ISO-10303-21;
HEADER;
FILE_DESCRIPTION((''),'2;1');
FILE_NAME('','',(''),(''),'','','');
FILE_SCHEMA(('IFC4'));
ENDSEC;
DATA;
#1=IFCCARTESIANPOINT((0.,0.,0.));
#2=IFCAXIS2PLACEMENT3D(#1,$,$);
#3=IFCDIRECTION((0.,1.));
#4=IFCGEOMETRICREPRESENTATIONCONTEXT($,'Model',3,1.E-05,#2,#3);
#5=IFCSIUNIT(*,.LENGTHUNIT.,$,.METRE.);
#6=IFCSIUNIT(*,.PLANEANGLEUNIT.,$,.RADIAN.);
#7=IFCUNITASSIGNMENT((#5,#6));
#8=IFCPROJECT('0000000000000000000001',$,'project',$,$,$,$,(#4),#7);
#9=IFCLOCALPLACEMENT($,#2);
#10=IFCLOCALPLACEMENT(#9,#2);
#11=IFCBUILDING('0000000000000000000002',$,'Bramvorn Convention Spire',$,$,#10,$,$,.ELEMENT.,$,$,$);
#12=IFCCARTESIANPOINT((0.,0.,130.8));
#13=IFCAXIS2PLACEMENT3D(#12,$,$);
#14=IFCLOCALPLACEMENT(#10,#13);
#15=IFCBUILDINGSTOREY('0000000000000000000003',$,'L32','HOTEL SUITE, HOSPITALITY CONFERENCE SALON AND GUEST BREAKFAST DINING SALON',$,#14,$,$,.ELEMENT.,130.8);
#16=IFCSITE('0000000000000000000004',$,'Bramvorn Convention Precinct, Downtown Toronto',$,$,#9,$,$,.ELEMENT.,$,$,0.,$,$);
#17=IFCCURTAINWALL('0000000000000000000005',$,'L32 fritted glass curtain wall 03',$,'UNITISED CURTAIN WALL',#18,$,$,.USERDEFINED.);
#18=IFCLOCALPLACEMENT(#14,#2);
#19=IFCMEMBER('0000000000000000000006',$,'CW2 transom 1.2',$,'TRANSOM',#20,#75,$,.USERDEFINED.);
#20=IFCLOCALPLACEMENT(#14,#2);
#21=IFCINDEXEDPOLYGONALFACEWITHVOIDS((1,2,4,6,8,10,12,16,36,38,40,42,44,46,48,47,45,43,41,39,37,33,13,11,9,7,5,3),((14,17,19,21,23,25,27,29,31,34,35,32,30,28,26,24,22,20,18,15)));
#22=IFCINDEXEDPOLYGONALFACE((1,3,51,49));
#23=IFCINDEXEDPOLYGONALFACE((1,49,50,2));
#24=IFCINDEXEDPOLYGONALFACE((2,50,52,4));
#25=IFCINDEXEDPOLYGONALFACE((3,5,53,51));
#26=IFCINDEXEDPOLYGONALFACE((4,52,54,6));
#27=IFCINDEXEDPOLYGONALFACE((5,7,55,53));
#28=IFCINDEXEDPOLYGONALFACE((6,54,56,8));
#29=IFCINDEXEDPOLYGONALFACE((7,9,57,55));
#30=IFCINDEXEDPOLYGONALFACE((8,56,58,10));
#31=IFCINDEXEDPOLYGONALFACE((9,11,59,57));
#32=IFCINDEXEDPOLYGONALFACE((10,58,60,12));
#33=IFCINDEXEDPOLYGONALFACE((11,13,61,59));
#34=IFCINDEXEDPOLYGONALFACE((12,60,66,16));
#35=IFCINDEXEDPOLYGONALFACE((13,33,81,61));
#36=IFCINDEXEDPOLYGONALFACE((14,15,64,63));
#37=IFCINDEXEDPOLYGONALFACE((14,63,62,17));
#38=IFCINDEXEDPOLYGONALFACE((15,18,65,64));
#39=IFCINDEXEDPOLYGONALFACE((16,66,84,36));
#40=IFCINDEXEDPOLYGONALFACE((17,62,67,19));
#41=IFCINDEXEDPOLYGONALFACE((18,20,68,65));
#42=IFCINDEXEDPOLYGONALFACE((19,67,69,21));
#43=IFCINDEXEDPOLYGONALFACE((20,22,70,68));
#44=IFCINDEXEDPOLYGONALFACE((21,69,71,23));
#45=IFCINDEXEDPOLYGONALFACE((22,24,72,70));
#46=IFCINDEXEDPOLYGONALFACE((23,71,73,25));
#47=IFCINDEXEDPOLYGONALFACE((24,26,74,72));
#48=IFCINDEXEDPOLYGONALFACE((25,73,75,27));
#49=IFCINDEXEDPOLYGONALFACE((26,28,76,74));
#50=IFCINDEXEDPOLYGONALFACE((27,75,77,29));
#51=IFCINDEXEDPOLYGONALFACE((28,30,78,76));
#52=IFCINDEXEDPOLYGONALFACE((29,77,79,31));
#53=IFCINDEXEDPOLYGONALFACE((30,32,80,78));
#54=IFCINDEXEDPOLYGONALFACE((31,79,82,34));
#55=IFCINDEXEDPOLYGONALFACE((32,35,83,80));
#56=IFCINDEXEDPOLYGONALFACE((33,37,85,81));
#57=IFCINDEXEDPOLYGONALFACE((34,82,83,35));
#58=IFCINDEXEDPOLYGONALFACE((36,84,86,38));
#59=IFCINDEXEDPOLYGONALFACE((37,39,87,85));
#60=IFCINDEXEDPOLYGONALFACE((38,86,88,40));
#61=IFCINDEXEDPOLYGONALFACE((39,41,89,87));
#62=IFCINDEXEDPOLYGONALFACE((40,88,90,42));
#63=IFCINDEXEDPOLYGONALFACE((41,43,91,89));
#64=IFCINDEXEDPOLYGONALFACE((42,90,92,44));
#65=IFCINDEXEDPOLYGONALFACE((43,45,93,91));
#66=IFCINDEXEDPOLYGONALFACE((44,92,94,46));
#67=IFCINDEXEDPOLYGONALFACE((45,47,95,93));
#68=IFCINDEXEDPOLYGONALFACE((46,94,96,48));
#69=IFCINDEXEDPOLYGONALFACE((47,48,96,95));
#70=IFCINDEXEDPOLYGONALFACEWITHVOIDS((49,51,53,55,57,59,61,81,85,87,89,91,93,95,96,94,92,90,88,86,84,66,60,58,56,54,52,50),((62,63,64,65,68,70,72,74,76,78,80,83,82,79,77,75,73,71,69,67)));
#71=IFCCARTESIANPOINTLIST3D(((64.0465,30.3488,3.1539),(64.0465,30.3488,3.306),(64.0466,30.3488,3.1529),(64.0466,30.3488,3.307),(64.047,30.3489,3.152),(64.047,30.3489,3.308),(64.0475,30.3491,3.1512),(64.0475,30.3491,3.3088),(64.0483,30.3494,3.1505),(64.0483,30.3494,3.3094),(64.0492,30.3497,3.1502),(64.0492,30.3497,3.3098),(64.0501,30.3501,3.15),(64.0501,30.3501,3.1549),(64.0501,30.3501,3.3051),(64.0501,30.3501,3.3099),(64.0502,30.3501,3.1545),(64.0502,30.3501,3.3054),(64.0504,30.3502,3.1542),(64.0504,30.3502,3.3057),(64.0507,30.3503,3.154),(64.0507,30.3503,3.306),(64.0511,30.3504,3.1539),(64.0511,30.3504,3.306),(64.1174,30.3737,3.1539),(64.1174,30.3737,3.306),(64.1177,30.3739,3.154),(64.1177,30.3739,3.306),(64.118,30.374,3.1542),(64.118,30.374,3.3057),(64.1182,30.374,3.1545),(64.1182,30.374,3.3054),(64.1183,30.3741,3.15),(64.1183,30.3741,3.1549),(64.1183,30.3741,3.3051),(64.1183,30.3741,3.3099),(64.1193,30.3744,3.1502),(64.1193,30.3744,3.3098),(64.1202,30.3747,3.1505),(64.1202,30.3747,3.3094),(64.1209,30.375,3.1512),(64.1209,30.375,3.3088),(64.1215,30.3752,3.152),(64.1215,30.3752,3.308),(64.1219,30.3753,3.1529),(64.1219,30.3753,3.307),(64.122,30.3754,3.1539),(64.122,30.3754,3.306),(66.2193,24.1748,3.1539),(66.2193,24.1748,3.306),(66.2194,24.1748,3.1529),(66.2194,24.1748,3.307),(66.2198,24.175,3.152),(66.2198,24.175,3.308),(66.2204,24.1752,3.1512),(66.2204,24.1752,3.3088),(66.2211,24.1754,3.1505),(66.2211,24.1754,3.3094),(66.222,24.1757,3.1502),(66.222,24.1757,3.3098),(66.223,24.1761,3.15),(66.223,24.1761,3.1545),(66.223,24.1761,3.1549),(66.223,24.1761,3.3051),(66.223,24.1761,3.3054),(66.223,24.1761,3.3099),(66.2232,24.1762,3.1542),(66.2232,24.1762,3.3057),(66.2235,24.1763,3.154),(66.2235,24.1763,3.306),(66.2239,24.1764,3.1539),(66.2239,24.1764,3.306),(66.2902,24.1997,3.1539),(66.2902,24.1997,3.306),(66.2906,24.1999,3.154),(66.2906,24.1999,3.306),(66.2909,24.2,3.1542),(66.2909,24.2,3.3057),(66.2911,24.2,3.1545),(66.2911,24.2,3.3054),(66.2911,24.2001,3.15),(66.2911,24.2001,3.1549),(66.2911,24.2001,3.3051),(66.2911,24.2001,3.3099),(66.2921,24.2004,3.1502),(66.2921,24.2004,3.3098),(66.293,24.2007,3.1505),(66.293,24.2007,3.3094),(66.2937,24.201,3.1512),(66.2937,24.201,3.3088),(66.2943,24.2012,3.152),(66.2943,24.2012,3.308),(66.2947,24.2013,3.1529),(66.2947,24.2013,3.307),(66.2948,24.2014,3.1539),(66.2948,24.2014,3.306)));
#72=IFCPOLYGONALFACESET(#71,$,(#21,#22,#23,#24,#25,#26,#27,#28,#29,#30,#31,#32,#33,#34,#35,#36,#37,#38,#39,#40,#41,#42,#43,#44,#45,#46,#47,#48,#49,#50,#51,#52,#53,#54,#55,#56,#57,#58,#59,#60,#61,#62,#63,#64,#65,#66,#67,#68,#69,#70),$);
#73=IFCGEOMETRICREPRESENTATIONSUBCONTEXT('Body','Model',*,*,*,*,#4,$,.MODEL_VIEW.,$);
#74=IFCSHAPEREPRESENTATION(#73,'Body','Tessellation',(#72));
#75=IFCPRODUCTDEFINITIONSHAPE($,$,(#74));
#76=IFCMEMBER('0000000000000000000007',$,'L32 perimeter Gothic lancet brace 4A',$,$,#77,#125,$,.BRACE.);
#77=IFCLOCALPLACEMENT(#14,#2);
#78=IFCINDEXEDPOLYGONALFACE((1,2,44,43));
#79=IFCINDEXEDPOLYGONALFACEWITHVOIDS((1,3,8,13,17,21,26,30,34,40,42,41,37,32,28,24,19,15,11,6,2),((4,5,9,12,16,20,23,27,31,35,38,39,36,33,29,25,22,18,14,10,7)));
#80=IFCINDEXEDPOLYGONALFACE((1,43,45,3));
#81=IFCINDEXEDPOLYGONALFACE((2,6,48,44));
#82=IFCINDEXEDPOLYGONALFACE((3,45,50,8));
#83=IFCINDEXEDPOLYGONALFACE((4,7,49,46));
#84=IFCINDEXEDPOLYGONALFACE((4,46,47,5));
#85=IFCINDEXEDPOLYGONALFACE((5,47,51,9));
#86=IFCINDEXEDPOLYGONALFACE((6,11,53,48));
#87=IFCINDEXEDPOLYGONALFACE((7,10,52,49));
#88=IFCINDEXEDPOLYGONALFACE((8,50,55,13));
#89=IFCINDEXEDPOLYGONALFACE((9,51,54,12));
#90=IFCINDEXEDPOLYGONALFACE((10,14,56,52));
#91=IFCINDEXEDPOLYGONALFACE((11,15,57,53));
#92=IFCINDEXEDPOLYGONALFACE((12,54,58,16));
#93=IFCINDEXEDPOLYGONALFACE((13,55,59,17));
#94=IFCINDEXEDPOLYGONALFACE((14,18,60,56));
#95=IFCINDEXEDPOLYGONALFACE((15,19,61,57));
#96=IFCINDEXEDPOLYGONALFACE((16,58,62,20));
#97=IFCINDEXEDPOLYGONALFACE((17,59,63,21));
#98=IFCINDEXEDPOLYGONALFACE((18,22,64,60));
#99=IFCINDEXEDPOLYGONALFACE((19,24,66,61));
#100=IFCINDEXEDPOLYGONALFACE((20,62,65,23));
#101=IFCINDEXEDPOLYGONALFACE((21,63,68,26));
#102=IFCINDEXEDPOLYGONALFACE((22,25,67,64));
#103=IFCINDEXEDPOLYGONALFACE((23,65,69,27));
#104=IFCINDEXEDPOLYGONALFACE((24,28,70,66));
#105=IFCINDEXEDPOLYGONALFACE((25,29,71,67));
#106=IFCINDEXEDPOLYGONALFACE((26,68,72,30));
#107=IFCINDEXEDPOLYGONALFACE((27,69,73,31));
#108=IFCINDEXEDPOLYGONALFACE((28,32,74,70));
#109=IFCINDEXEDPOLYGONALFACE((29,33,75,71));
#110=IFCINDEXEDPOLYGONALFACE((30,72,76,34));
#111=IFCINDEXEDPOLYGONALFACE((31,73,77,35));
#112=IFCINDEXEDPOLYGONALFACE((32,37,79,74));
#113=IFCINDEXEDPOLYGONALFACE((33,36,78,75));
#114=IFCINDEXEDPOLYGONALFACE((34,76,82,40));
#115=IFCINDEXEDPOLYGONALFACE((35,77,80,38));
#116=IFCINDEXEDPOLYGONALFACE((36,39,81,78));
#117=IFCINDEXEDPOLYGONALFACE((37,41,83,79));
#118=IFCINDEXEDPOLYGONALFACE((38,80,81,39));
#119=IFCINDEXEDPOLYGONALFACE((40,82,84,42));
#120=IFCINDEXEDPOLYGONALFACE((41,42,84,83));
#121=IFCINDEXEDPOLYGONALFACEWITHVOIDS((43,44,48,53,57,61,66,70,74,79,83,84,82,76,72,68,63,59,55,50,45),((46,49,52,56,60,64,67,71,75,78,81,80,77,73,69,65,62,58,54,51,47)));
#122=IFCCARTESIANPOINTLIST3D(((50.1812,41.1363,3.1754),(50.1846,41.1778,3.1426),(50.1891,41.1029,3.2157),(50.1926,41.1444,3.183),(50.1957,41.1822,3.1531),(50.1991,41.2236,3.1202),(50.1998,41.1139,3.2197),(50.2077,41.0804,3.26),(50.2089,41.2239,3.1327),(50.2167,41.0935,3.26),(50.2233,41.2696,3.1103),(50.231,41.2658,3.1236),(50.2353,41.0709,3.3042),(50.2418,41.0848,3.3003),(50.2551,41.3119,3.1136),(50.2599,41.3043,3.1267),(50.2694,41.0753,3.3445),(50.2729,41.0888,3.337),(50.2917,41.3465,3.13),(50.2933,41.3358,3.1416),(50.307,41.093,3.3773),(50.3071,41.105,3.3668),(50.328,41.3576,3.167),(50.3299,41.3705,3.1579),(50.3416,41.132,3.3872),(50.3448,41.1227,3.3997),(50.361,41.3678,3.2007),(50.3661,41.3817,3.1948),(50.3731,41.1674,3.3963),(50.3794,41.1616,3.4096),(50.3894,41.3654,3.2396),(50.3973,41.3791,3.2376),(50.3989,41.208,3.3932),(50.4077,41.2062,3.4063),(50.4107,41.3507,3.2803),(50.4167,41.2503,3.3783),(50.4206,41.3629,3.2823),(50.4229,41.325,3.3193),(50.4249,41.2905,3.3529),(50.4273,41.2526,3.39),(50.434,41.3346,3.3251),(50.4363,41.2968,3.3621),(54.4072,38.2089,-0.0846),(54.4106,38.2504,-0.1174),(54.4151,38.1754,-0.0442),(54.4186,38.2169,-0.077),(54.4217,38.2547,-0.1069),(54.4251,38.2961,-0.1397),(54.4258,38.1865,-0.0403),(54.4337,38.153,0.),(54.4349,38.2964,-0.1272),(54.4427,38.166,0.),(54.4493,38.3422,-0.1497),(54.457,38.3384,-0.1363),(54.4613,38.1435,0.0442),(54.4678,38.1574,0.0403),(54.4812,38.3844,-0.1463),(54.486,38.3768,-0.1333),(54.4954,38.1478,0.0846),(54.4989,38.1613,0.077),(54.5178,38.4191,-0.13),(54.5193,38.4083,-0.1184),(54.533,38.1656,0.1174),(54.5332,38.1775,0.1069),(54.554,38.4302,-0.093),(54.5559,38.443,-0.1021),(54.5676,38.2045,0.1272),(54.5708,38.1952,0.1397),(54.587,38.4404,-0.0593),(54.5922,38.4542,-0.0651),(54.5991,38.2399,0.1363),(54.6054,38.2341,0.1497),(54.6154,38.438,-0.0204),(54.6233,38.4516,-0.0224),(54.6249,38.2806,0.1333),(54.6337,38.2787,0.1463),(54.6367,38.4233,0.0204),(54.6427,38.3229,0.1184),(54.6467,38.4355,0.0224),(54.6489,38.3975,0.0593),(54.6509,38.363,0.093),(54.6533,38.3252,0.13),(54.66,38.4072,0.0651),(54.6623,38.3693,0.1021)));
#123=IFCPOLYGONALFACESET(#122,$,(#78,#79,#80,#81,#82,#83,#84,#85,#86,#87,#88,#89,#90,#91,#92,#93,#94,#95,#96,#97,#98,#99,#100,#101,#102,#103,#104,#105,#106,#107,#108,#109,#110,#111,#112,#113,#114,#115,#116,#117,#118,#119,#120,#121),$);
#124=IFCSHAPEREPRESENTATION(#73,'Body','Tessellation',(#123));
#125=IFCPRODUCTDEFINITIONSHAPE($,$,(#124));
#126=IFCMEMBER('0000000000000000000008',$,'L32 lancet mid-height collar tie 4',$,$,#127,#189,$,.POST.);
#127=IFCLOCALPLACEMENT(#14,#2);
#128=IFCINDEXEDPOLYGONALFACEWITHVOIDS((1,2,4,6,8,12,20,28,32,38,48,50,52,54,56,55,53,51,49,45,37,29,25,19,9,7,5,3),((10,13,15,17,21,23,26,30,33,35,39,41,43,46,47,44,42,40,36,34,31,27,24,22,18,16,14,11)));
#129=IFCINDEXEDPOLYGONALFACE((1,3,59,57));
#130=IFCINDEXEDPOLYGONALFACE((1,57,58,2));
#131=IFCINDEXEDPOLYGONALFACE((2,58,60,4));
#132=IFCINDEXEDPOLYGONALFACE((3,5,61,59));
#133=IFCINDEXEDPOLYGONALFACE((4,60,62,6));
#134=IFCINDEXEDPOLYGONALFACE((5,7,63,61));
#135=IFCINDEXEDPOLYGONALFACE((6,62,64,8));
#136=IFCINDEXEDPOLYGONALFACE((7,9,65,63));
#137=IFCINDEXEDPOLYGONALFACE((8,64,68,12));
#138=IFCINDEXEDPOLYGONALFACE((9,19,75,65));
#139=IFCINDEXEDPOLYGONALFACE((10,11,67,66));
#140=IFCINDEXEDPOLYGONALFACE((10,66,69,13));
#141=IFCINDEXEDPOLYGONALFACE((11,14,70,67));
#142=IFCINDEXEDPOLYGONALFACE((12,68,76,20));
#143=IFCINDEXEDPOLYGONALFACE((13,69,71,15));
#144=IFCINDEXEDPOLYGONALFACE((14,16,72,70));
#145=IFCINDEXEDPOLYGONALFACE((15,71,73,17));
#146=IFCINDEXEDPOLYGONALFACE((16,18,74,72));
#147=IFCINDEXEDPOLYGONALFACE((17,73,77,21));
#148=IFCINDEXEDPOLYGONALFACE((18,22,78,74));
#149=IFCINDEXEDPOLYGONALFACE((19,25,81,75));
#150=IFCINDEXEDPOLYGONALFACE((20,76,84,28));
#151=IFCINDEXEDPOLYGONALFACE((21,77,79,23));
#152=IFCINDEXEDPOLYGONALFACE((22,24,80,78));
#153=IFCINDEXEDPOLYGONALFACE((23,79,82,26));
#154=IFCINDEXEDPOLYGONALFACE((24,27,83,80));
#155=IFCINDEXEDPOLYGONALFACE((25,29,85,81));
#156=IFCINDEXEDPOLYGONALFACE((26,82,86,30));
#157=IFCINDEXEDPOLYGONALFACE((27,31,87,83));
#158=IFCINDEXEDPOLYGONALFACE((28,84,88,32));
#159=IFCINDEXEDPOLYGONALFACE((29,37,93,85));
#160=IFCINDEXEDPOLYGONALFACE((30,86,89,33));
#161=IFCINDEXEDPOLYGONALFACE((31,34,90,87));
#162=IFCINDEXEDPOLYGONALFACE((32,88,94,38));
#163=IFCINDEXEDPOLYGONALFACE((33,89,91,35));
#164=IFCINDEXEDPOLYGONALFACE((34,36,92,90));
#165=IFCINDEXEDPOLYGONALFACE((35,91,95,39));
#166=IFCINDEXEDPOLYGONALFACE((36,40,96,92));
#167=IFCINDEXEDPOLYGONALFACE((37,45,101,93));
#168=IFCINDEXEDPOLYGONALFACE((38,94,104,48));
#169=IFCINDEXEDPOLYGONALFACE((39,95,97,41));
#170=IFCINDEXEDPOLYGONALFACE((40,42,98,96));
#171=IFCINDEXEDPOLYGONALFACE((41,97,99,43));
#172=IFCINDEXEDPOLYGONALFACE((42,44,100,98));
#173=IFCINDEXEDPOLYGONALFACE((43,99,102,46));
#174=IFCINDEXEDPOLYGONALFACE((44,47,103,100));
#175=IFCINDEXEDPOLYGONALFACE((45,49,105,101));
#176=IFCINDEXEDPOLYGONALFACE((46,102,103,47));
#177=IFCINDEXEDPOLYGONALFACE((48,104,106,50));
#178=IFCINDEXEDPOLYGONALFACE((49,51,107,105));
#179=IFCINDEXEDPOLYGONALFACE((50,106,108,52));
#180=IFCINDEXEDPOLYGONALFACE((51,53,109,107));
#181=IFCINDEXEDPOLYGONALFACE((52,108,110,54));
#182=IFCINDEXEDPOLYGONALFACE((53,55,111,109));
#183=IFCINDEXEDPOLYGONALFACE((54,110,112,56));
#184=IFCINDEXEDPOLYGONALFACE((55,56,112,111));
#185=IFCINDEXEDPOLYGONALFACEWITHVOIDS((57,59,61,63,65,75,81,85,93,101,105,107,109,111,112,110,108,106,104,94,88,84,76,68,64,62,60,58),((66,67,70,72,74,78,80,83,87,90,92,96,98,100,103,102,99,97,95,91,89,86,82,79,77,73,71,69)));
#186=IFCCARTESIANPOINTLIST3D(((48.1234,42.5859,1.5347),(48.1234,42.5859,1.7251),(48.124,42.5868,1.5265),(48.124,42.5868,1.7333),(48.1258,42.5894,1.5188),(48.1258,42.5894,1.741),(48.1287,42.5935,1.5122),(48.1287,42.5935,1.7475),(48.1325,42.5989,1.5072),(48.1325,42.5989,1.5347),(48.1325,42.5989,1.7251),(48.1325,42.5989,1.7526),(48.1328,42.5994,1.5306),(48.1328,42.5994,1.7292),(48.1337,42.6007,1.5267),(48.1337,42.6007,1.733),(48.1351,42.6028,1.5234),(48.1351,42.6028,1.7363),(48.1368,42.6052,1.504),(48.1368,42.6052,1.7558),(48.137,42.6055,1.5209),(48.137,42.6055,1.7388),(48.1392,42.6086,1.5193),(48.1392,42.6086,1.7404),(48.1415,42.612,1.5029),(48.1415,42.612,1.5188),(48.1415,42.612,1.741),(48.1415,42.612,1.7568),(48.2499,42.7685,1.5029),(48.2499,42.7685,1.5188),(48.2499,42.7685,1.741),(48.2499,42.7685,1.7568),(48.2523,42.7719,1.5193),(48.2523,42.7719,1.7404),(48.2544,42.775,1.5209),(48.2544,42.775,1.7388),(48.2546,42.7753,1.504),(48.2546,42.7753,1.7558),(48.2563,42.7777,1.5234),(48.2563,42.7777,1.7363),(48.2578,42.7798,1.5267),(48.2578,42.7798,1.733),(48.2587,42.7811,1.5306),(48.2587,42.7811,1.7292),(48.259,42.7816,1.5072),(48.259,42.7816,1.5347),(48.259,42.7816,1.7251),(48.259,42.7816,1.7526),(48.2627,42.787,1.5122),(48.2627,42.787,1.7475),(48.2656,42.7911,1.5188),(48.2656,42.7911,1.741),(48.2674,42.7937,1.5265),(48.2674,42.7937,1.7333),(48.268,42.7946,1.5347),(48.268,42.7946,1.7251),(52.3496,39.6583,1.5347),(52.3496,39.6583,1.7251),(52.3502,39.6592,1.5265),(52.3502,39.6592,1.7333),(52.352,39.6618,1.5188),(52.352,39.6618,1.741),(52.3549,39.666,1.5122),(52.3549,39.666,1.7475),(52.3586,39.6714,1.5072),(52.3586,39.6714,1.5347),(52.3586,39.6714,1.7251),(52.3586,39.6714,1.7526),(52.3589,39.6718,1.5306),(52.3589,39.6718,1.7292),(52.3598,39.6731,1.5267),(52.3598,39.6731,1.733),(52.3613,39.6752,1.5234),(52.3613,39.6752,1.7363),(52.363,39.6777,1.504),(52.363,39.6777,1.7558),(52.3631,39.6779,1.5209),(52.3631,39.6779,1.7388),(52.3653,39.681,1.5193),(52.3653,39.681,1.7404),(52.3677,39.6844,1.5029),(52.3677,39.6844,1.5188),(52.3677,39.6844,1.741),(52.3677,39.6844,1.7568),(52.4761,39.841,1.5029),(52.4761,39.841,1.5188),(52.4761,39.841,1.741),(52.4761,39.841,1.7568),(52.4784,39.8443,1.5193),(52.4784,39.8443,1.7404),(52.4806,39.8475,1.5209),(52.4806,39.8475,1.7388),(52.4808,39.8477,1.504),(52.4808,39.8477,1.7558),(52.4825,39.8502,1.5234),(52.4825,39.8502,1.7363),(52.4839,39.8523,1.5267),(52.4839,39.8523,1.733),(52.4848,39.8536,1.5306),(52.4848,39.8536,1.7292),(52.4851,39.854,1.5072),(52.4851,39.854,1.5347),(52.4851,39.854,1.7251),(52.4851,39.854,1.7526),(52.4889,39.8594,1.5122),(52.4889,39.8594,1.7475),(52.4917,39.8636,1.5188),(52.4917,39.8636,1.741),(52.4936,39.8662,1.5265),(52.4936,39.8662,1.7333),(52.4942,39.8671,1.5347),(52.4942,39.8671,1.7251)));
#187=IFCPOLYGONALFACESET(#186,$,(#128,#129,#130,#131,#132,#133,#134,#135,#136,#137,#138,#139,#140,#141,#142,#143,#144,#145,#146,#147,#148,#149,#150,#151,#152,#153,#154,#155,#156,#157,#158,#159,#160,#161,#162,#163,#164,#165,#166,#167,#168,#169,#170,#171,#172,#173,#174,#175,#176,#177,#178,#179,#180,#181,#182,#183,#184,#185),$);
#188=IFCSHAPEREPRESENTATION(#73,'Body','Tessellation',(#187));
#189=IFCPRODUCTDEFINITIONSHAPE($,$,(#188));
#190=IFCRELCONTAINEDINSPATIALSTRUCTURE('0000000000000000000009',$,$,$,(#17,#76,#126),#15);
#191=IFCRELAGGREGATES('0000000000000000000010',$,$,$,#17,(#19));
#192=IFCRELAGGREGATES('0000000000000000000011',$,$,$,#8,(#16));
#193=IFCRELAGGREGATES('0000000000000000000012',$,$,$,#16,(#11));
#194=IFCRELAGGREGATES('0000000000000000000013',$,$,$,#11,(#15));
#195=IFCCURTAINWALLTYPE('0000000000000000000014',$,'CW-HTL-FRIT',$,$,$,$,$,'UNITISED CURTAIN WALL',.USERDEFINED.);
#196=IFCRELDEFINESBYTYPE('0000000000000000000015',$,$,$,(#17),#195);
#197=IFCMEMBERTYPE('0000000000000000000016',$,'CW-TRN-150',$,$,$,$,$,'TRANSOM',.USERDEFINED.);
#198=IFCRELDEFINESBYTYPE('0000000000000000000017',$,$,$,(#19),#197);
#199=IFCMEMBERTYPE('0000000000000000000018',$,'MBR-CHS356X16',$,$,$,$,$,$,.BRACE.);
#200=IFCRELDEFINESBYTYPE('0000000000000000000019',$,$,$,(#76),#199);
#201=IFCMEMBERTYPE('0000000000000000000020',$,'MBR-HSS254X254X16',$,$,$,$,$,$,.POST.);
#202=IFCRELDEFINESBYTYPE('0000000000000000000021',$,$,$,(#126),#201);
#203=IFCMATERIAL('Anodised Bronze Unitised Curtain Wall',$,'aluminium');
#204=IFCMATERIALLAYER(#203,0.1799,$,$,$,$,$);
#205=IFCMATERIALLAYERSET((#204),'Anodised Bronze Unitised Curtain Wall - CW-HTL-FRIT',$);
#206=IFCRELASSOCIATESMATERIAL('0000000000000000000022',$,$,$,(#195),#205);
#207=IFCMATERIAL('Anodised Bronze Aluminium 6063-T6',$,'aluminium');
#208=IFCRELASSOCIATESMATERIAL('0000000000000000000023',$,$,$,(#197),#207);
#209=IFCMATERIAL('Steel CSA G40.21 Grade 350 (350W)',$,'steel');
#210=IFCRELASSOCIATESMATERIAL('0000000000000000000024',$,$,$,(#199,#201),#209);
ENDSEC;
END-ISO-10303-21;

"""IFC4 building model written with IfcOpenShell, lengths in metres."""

from ifc_helpers import new_model, si_unit, direction, frame, origin, origin_2d, place, context, subcontext, project, spatial, hollow_rectangle, hollow_circle, extrude, material, layer, layer_set, material_profile, profile_set, type_object, element, aggregate, save


model = new_model("IFC4")

# Units and contexts
model_context = context("Model", 3, precision=1e-05, world=origin(), true_north=direction((0.0, 1.0)))
body_context = subcontext(model_context, "Body", "Model", "MODEL_VIEW")
ifc_project = project(units=[si_unit("LENGTHUNIT", "METRE"), si_unit("PLANEANGLEUNIT", "RADIAN")], contexts=[model_context])

# Site, building, storey
site_placement = place(None, origin())
site = spatial("IfcSite", under=ifc_project, at=site_placement, Name="Bramvorn Convention Precinct, Downtown Toronto", CompositionType="ELEMENT", RefElevation=0.0)
building_placement = place(site_placement, origin())
building = spatial("IfcBuilding", under=site, at=building_placement, Name="Bramvorn Convention Spire", CompositionType="ELEMENT")
storey_placement = place(building_placement, frame((0.0, 0.0, 130.8)))
storey = spatial("IfcBuildingStorey", under=building, at=storey_placement, Name="L32", Description="HOTEL SUITE, HOSPITALITY CONFERENCE SALON AND GUEST BREAKFAST DINING SALON", CompositionType="ELEMENT", Elevation=130.8)

# Shared definitions
ifc_material_1 = material(Name="Steel CSA G40.21 Grade 350 (350W)", Category="steel")

# Shared definitions
ifc_material_2 = material(Name="Anodised Bronze Unitised Curtain Wall", Category="aluminium")
ifc_layer_1 = layer(ifc_material_2, 0.1799)
ifc_layer_set_1 = layer_set([ifc_layer_1], Name="Anodised Bronze Unitised Curtain Wall - CW-HTL-FRIT")
curtain_wall_type = type_object("IfcCurtainWallType", Name="CW-HTL-FRIT", ElementType="UNITISED CURTAIN WALL", PredefinedType="USERDEFINED", material=ifc_layer_set_1)
ifc_material_3 = material(Name="Anodised Bronze Aluminium 6063-T6", Category="aluminium")

# Curtain wall
curtain_wall_1_placement = place(storey_placement, origin())
curtain_wall_1 = element("IfcCurtainWall", 1, at=curtain_wall_1_placement, inside=storey, type_object=curtain_wall_type, Name="L32 fritted glass curtain wall 03", ObjectType="UNITISED CURTAIN WALL", PredefinedType="USERDEFINED")

# Member
ifc_material_profile_1 = material_profile(ifc_material_3, hollow_rectangle(XDim=0.0801, YDim=0.1599, WallThickness=0.0039, InnerFilletRadius=0.001, OuterFilletRadius=0.0039, at=origin_2d()))
ifc_profile_set_1 = profile_set([ifc_material_profile_1], Name="Anodised Bronze Aluminium 6063-T6 - CWT80X160")
member_type_1 = type_object("IfcMemberType", Name="CW-TRN-150", ElementType="TRANSOM", PredefinedType="USERDEFINED", material=ifc_profile_set_1)
member_1_placement = place(storey_placement, frame((64.0842, 30.3621, 3.23), z_axis=(0.331973, -0.943289, 0.0), x_axis=(0.943289, 0.331973, 0.0)))
member_1 = element("IfcMember", 2, at=member_1_placement, type_object=member_type_1, Name="CW2 transom 1.2", ObjectType="TRANSOM", PredefinedType="USERDEFINED", context=body_context, shape_type="SweptSolid", body=[
    extrude(hollow_rectangle(XDim=0.0801, YDim=0.1599, WallThickness=0.0039, InnerFilletRadius=0.001, OuterFilletRadius=0.0039, at=origin_2d()), origin(), (0.0, 0.0, 1.0), 6.5452),
])

# Members
ifc_material_profile_2 = material_profile(ifc_material_1, hollow_circle(Radius=0.1777, WallThickness=0.0159, at=origin_2d()))
ifc_profile_set_2 = profile_set([ifc_material_profile_2], Name="Steel CSA G40.21 Grade 350 (350W) - CHS356X16")
member_type_2 = type_object("IfcMemberType", Name="MBR-CHS356X16", PredefinedType="BRACE", material=ifc_profile_set_2)
member_2_placement = place(storey_placement, frame((54.5349, 38.2991, 0.0), z_axis=(-0.694222, 0.480902, 0.535526), x_axis=(-0.56944, -0.822033, 0.0)))
element("IfcMember", 3, at=member_2_placement, inside=storey, type_object=member_type_2, Name="L32 perimeter Gothic lancet brace 4A", PredefinedType="BRACE", context=body_context, shape_type="SweptSolid", body=[
    extrude(hollow_circle(Radius=0.1777, WallThickness=0.0159, at=origin_2d()), origin(), (0.0, 0.0, 1.0), 6.0874),
])
ifc_material_profile_3 = material_profile(ifc_material_1, hollow_rectangle(XDim=0.2539, YDim=0.2539, WallThickness=0.0159, InnerFilletRadius=0.0159, OuterFilletRadius=0.0317, at=origin_2d()))
ifc_profile_set_3 = profile_set([ifc_material_profile_3], Name="Steel CSA G40.21 Grade 350 (350W) - HSS254X254X16")
member_type_3 = type_object("IfcMemberType", Name="MBR-HSS254X254X16", PredefinedType="POST", material=ifc_profile_set_3)
member_3_placement = place(storey_placement, frame((52.4219, 39.7627, 1.6299), z_axis=(-0.822033, 0.56944, 0.0), x_axis=(-0.56944, -0.822033, 0.0)))
element("IfcMember", 4, at=member_3_placement, inside=storey, type_object=member_type_3, Name="L32 lancet mid-height collar tie 4", PredefinedType="POST", context=body_context, shape_type="SweptSolid", body=[
    extrude(hollow_rectangle(XDim=0.2539, YDim=0.2539, WallThickness=0.0159, InnerFilletRadius=0.0159, OuterFilletRadius=0.0317, at=origin_2d()), origin(), (0.0, 0.0, 1.0), 5.1411),
])

aggregate(curtain_wall_1, [member_1])

save(model, "model.ifc")
